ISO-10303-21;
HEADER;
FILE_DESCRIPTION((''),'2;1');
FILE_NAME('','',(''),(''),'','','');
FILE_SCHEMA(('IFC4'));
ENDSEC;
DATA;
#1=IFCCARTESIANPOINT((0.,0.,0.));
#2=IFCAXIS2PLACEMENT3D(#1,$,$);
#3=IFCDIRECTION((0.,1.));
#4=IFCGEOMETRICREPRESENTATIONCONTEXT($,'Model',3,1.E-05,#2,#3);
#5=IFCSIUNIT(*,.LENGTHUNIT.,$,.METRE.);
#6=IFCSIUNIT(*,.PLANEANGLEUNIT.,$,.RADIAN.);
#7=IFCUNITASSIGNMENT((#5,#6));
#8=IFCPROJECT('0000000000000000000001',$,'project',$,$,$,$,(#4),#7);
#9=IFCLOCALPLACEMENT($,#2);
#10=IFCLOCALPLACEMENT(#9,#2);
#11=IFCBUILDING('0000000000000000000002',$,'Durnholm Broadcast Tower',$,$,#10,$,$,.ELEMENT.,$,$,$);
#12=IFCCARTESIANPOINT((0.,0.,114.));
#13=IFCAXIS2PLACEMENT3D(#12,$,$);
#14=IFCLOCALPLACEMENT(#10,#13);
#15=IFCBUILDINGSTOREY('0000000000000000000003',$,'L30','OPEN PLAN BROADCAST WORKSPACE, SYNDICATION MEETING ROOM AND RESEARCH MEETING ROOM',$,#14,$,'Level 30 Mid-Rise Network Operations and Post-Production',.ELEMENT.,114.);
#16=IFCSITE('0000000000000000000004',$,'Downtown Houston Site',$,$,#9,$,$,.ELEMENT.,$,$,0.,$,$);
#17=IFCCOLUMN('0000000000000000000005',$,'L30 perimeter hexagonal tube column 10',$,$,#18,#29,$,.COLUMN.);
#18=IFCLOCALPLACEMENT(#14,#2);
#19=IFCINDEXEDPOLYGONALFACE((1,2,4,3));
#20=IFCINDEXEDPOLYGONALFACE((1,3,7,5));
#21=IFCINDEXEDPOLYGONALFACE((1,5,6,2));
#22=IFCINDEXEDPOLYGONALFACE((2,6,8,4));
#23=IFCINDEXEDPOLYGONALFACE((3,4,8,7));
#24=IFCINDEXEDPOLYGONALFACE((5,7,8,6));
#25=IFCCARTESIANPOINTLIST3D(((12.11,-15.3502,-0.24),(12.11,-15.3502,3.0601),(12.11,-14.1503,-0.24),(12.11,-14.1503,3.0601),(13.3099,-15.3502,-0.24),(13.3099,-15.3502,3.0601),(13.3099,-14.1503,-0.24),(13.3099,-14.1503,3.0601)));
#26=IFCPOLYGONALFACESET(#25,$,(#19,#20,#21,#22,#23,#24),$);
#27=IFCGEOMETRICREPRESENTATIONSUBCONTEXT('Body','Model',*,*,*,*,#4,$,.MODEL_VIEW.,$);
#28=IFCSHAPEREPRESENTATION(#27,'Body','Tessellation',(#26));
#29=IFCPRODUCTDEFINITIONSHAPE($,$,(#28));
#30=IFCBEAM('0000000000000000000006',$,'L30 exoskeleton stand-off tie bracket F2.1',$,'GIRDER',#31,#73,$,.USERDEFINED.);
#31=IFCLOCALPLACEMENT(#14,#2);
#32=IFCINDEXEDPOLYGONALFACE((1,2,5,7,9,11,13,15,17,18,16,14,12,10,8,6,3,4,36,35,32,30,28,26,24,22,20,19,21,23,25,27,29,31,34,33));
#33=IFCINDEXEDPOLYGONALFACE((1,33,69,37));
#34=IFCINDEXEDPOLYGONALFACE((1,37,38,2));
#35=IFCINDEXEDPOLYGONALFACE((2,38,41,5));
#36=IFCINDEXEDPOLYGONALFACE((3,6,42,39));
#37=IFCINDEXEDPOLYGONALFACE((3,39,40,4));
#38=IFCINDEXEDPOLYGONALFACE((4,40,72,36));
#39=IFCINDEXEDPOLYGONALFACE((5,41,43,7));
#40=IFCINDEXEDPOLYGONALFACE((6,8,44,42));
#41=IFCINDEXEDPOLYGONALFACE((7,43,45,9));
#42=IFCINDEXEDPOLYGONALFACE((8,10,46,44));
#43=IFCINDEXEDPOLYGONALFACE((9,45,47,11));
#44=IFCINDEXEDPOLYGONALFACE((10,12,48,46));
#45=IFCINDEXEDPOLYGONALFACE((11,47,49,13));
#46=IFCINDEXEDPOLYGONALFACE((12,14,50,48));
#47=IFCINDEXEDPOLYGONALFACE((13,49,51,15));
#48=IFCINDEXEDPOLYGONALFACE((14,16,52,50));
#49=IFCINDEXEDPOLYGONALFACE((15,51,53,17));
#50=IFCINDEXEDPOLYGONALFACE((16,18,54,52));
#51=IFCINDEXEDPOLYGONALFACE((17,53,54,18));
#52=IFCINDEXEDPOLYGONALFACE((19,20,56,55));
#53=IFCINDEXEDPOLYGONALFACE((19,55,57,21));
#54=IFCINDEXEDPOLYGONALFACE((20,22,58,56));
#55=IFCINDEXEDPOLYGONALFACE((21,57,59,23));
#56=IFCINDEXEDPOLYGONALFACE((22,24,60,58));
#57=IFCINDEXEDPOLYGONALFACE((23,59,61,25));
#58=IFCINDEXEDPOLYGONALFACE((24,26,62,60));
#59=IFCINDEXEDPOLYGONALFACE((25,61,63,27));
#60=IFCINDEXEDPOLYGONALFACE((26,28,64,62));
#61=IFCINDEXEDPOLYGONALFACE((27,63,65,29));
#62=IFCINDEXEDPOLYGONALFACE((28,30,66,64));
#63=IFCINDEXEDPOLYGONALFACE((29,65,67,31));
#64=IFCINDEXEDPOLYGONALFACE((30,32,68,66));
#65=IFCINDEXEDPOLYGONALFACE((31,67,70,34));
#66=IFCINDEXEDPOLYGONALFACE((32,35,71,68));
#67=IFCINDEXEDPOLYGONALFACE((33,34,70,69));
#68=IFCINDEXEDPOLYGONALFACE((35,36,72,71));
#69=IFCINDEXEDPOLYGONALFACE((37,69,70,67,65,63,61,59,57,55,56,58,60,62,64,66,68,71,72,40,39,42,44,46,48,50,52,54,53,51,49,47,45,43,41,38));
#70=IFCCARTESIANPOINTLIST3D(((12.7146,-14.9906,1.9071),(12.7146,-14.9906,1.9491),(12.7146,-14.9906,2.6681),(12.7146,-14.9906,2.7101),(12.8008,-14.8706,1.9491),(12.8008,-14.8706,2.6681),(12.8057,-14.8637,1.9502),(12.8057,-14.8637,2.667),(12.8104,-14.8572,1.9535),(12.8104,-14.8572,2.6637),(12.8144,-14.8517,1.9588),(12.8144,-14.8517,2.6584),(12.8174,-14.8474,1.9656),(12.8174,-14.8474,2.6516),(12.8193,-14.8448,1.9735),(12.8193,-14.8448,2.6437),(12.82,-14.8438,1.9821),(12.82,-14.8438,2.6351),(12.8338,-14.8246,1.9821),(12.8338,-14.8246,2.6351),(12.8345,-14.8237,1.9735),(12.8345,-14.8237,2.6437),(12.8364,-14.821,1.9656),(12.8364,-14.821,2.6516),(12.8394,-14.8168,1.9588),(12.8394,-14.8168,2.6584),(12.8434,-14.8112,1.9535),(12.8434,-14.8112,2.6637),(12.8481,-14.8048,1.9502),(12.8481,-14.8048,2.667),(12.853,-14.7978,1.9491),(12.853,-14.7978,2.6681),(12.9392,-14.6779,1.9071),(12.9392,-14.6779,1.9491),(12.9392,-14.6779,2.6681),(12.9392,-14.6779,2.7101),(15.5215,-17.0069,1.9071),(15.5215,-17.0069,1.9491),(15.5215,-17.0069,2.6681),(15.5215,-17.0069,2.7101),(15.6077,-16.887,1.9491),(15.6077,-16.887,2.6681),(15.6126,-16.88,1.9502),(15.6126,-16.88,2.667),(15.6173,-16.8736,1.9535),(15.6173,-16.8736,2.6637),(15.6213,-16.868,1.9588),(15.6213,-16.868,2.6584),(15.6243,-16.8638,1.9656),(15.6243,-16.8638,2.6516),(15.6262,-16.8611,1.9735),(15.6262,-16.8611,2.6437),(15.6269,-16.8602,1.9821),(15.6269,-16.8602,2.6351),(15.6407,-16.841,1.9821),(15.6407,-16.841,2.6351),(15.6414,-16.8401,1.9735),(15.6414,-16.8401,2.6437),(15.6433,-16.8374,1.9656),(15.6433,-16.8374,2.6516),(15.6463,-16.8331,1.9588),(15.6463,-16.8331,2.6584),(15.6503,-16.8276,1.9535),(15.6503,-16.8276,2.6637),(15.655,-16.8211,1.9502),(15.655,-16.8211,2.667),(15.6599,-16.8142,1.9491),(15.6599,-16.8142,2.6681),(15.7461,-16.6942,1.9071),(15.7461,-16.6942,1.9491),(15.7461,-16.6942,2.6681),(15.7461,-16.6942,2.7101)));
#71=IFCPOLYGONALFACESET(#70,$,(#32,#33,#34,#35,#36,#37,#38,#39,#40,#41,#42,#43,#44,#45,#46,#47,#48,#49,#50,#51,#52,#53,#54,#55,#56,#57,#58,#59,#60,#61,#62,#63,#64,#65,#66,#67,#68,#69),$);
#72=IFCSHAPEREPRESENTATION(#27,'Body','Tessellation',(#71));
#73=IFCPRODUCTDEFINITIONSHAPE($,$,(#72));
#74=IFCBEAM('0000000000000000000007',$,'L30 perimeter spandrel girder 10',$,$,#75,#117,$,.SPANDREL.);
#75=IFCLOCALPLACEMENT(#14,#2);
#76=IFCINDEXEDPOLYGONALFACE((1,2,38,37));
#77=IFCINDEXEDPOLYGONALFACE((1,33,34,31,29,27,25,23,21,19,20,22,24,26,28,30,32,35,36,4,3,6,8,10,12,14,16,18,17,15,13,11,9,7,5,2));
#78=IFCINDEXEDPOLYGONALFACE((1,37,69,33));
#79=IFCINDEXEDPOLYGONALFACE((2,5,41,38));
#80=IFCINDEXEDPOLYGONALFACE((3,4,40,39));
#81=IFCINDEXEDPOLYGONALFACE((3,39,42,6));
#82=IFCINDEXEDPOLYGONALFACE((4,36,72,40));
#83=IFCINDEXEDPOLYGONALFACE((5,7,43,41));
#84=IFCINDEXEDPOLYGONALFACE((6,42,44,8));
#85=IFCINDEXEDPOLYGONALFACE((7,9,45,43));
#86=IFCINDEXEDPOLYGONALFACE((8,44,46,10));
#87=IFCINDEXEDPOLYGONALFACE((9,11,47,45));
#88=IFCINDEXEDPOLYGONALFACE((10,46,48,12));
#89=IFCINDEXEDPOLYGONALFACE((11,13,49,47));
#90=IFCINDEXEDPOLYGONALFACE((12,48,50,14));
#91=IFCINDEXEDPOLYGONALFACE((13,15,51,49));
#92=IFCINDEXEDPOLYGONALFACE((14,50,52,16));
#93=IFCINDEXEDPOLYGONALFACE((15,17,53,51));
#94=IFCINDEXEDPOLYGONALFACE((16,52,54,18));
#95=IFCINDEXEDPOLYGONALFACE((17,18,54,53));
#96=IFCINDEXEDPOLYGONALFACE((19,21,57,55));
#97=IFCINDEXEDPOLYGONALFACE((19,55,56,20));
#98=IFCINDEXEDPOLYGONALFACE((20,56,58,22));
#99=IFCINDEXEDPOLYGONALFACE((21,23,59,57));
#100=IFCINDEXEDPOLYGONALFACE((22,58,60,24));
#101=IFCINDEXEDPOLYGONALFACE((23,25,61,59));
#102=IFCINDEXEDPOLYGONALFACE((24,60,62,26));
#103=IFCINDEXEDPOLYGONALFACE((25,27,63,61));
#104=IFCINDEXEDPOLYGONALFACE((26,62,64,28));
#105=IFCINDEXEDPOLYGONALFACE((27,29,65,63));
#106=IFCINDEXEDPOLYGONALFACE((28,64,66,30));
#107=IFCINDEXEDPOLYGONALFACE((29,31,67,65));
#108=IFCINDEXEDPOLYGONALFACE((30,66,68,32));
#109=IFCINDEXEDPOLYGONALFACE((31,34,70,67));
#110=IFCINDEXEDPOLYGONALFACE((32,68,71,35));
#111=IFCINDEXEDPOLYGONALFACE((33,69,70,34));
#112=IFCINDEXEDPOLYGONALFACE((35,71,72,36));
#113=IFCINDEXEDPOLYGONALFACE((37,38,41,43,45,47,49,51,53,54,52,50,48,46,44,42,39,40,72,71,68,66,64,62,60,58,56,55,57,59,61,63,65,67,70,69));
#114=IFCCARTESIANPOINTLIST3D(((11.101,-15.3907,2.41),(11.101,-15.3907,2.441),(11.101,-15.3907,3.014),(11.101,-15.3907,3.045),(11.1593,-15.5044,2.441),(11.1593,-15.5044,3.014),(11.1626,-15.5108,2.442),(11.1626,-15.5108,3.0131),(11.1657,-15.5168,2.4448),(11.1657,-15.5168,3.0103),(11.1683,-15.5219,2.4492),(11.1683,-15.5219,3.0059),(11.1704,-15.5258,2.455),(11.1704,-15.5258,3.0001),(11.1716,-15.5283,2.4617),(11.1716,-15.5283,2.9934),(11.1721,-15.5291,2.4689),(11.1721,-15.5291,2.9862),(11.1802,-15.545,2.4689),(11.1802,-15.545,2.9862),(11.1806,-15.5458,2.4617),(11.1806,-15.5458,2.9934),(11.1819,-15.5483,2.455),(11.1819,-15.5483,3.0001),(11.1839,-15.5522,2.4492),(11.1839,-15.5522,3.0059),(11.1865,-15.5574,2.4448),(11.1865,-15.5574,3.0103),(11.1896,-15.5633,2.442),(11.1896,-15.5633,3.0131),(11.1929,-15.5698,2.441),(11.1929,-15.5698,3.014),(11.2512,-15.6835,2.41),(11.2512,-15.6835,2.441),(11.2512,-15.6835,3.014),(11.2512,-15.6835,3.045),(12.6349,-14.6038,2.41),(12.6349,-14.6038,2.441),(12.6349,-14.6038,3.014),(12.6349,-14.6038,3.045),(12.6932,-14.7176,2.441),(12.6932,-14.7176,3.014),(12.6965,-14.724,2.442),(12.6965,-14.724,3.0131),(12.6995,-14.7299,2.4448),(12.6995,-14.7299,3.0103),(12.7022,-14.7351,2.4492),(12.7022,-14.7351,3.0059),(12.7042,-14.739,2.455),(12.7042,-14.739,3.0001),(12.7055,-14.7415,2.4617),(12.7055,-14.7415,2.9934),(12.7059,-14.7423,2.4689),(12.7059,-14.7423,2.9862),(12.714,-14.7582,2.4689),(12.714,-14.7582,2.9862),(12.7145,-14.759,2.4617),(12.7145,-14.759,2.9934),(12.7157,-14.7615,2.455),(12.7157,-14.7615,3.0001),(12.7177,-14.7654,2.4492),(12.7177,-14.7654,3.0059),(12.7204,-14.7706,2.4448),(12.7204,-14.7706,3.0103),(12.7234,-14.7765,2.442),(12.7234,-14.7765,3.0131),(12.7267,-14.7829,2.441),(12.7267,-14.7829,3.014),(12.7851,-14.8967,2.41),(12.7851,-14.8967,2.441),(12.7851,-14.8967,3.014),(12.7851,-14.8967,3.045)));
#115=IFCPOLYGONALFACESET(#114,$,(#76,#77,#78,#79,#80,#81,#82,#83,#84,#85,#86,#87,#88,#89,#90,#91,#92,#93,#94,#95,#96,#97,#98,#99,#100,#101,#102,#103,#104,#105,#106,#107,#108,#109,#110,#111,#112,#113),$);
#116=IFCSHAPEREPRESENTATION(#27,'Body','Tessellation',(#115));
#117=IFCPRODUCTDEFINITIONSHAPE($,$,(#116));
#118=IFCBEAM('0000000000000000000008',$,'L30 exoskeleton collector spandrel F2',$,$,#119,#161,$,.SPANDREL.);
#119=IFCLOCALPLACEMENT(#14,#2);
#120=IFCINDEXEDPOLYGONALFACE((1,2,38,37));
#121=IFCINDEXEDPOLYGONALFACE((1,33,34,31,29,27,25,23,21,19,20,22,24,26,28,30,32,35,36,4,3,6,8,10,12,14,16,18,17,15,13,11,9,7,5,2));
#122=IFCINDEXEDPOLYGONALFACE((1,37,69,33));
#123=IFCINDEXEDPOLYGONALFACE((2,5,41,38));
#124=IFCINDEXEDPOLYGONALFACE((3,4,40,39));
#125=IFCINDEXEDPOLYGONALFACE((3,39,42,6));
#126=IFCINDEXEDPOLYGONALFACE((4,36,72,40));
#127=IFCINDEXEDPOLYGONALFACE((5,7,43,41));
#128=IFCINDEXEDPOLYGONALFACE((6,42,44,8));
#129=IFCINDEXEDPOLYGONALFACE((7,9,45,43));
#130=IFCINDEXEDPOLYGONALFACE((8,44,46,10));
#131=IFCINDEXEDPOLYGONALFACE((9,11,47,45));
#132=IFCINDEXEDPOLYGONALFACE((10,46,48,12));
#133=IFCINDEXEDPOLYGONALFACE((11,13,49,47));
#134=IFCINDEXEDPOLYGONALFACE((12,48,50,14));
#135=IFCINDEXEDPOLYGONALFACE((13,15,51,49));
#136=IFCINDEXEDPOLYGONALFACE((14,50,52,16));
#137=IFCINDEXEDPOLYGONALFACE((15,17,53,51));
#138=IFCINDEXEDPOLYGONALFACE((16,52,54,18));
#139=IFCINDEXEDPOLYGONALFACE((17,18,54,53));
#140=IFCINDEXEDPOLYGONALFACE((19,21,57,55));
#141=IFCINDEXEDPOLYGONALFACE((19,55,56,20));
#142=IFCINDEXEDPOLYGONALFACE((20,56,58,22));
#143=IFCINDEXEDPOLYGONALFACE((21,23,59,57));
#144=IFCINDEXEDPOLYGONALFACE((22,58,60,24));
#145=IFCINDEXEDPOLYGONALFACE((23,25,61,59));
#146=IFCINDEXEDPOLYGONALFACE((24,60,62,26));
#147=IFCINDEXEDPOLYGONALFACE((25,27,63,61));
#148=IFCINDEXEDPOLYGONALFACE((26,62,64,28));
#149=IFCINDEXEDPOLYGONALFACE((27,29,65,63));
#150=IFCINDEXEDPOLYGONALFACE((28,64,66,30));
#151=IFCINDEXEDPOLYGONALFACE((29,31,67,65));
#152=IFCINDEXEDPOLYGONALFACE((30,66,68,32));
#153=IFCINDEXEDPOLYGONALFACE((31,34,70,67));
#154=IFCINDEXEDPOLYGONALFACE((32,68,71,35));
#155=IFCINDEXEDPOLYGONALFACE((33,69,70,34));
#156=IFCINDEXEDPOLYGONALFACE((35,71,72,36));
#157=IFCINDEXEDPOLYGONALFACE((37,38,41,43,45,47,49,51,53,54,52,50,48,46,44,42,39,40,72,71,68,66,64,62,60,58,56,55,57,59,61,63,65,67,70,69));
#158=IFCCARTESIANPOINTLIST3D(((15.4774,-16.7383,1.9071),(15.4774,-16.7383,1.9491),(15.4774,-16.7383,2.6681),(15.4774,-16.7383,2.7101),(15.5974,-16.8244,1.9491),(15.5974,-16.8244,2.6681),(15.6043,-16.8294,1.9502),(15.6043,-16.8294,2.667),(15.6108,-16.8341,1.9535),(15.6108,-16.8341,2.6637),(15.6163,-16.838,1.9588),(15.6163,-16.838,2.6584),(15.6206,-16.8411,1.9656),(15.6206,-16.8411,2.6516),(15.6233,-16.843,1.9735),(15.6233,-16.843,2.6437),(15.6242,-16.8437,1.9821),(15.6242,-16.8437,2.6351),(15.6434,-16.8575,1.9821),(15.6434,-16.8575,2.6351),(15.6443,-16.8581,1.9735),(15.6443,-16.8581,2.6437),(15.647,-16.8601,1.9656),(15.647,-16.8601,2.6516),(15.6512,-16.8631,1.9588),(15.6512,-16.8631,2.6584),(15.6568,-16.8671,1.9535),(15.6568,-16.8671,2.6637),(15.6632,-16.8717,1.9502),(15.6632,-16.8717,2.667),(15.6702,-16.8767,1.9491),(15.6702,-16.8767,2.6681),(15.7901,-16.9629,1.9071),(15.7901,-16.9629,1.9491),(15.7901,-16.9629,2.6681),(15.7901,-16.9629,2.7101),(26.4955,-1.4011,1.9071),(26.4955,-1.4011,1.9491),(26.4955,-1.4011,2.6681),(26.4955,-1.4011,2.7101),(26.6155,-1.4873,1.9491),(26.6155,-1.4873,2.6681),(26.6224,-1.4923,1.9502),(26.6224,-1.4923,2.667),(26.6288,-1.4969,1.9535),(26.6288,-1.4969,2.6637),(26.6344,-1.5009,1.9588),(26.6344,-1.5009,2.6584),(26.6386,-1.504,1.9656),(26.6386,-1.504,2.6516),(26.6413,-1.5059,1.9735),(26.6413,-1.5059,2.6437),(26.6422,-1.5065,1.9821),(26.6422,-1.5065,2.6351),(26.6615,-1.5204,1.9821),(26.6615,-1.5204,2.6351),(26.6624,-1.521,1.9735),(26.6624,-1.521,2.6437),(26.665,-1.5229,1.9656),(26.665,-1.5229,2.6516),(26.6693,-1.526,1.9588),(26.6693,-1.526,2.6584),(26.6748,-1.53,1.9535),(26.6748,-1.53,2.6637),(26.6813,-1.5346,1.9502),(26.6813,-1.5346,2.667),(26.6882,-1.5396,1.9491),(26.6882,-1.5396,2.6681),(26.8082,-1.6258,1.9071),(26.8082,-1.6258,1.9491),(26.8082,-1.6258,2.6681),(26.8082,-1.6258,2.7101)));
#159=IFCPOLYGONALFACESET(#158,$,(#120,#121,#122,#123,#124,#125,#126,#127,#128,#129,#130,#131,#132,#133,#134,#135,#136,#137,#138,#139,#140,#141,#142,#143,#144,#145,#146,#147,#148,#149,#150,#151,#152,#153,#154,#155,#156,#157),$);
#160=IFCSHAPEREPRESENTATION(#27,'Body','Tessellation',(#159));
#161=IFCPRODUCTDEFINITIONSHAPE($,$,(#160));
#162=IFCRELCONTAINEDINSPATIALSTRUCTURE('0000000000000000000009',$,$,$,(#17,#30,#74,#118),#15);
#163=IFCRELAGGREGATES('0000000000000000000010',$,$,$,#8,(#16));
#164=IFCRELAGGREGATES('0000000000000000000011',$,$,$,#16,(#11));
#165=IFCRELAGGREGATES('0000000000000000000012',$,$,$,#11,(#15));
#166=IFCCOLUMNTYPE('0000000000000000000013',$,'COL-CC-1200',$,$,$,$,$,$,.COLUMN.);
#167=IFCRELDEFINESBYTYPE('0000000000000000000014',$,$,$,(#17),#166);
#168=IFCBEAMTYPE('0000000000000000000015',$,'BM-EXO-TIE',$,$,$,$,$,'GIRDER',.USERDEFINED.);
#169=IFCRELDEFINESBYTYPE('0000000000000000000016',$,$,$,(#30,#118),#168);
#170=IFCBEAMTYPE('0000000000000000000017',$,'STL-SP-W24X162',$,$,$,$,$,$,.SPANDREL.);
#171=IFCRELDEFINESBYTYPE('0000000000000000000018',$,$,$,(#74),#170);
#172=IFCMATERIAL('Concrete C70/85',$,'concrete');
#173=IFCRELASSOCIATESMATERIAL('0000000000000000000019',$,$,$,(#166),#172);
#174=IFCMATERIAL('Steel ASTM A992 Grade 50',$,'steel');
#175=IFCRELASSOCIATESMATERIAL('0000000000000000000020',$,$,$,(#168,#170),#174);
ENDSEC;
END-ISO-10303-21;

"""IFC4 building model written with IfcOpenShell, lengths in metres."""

from ifc_helpers import new_model, si_unit, direction, frame, origin, origin_2d, place, context, subcontext, project, spatial, rectangle, i_section, extrude, source, transform, mapped, material, material_profile, profile_set, type_object, type_shapes, element, save


model = new_model("IFC4")

# Units and contexts
model_context = context("Model", 3, precision=1e-05, world=origin(), true_north=direction((0.0, 1.0)))
body_context = subcontext(model_context, "Body", "Model", "MODEL_VIEW")
ifc_project = project(units=[si_unit("LENGTHUNIT", "METRE"), si_unit("PLANEANGLEUNIT", "RADIAN")], contexts=[model_context])

# Site, building, storey
site_placement = place(None, origin())
site = spatial("IfcSite", under=ifc_project, at=site_placement, Name="Downtown Houston Site", CompositionType="ELEMENT", RefElevation=0.0)
building_placement = place(site_placement, origin())
building = spatial("IfcBuilding", under=site, at=building_placement, Name="Durnholm Broadcast Tower", CompositionType="ELEMENT")
storey_placement = place(building_placement, frame((0.0, 0.0, 114.0)))
storey = spatial("IfcBuildingStorey", under=building, at=storey_placement, Name="L30", Description="OPEN PLAN BROADCAST WORKSPACE, SYNDICATION MEETING ROOM AND RESEARCH MEETING ROOM", LongName="Level 30 Mid-Rise Network Operations and Post-Production", CompositionType="ELEMENT", Elevation=114.0)

# Column
ifc_material_1 = material(Name="Concrete C70/85", Category="concrete")
ifc_material_profile_1 = material_profile(ifc_material_1, rectangle(XDim=1.2, YDim=1.2, at=origin_2d()), Name="RC1200X1200")
ifc_profile_set_1 = profile_set([ifc_material_profile_1], Name="Concrete C70/85")
column_type = type_object("IfcColumnType", Name="COL-CC-1200", PredefinedType="COLUMN", material=ifc_profile_set_1)
shared_shape_1 = source(origin(), body_context, "Body", "SweptSolid", [
    extrude(rectangle(XDim=1.2, YDim=1.2, at=origin_2d()), origin(), (0.0, 0.0, 1.0), 3.3),
])
type_shapes(column_type, [shared_shape_1])
column_placement = place(storey_placement, frame((12.71, -14.7502, -0.24), z_axis=(0.0, 0.0, 1.0), x_axis=(1.0, 0.0, 0.0)))
element("IfcColumn", 1, at=column_placement, inside=storey, type_object=column_type, Name="L30 perimeter hexagonal tube column 10", PredefinedType="COLUMN", context=body_context, shape_type="MappedRepresentation", body=[
    mapped(shared_shape_1, transform((0.0, 0.0, 0.0), x_axis=(1.0, 0.0, 0.0), y_axis=(0.0, 1.0, 0.0), z_axis=(0.0, 0.0, 1.0), scale=1.0)),
])

# Beams
ifc_material_2 = material(Name="Steel ASTM A992 Grade 50", Category="steel")
ifc_material_profile_2 = material_profile(ifc_material_2, i_section(OverallWidth=0.385, OverallDepth=0.803, WebThickness=0.0237, FlangeThickness=0.042, FilletRadius=0.033, at=origin_2d()), Name="W30X261")
ifc_profile_set_2 = profile_set([ifc_material_profile_2], Name="Steel ASTM A992 Grade 50")
beam_type_1 = type_object("IfcBeamType", Name="BM-EXO-TIE", ElementType="GIRDER", PredefinedType="USERDEFINED", material=ifc_profile_set_2)
shared_shape_2 = source(origin(), body_context, "Body", "SweptSolid", [
    extrude(i_section(OverallWidth=0.385, OverallDepth=0.803, WebThickness=0.0237, FlangeThickness=0.042, FilletRadius=0.033, at=origin_2d()), origin(), (0.0, 0.0, 1.0), 3.4561),
])
beam_1_placement = place(storey_placement, frame((12.8269, -14.8342, 2.3086), z_axis=(0.812165, -0.583428, 0.0), x_axis=(0.583428, 0.812165, 0.0)))
element("IfcBeam", 2, at=beam_1_placement, inside=storey, type_object=beam_type_1, Name="L30 exoskeleton stand-off tie bracket F2.1", ObjectType="GIRDER", PredefinedType="USERDEFINED", context=body_context, shape_type="MappedRepresentation", body=[
    mapped(shared_shape_2, transform((0.0, 0.0, 0.0), x_axis=(1.0, 0.0, 0.0), y_axis=(0.0, 1.0, 0.0), z_axis=(0.0, 0.0, 1.0), scale=1.0)),
])
ifc_material_profile_3 = material_profile(ifc_material_2, i_section(OverallWidth=0.3291, OverallDepth=0.635, WebThickness=0.0178, FlangeThickness=0.031, FilletRadius=0.0278, at=origin_2d()), Name="W24X162")
ifc_profile_set_3 = profile_set([ifc_material_profile_3], Name="Steel ASTM A992 Grade 50")
beam_type_2 = type_object("IfcBeamType", Name="STL-SP-W24X162", PredefinedType="SPANDREL", material=ifc_profile_set_3)
shared_shape_3 = source(origin(), body_context, "Body", "SweptSolid", [
    extrude(i_section(OverallWidth=0.3291, OverallDepth=0.635, WebThickness=0.0178, FlangeThickness=0.031, FilletRadius=0.0278, at=origin_2d()), origin(), (0.0, 0.0, 1.0), 1.7239),
])
type_shapes(beam_type_2, [shared_shape_3])
beam_2_placement = place(storey_placement, frame((12.71, -14.7502, 2.7275), z_axis=(-0.889763, -0.456423, 0.0), x_axis=(0.456423, -0.889763, 0.0)))
element("IfcBeam", 3, at=beam_2_placement, inside=storey, type_object=beam_type_2, Name="L30 perimeter spandrel girder 10", PredefinedType="SPANDREL", context=body_context, shape_type="MappedRepresentation", body=[
    mapped(shared_shape_3, transform((0.0, 0.0, 0.0), x_axis=(1.0, 0.0, 0.0), y_axis=(0.0, 1.0, 0.0), z_axis=(0.0, 0.0, 1.0), scale=1.0)),
])
shared_shape_4 = source(origin(), body_context, "Body", "SweptSolid", [
    extrude(i_section(OverallWidth=0.385, OverallDepth=0.803, WebThickness=0.0237, FlangeThickness=0.042, FilletRadius=0.033, at=origin_2d()), origin(), (0.0, 0.0, 1.0), 18.8845),
])
type_shapes(beam_type_1, [shared_shape_2, shared_shape_4])
beam_3_placement = place(storey_placement, frame((15.6338, -16.8506, 2.3086), z_axis=(0.583443, 0.812154, 0.0), x_axis=(-0.812154, 0.583443, 0.0)))
element("IfcBeam", 4, at=beam_3_placement, inside=storey, type_object=beam_type_1, Name="L30 exoskeleton collector spandrel F2", PredefinedType="SPANDREL", context=body_context, shape_type="MappedRepresentation", body=[
    mapped(shared_shape_4, transform((0.0, 0.0, 0.0), x_axis=(1.0, 0.0, 0.0), y_axis=(0.0, 1.0, 0.0), z_axis=(0.0, 0.0, 1.0), scale=1.0)),
])

save(model, "model.ifc")
